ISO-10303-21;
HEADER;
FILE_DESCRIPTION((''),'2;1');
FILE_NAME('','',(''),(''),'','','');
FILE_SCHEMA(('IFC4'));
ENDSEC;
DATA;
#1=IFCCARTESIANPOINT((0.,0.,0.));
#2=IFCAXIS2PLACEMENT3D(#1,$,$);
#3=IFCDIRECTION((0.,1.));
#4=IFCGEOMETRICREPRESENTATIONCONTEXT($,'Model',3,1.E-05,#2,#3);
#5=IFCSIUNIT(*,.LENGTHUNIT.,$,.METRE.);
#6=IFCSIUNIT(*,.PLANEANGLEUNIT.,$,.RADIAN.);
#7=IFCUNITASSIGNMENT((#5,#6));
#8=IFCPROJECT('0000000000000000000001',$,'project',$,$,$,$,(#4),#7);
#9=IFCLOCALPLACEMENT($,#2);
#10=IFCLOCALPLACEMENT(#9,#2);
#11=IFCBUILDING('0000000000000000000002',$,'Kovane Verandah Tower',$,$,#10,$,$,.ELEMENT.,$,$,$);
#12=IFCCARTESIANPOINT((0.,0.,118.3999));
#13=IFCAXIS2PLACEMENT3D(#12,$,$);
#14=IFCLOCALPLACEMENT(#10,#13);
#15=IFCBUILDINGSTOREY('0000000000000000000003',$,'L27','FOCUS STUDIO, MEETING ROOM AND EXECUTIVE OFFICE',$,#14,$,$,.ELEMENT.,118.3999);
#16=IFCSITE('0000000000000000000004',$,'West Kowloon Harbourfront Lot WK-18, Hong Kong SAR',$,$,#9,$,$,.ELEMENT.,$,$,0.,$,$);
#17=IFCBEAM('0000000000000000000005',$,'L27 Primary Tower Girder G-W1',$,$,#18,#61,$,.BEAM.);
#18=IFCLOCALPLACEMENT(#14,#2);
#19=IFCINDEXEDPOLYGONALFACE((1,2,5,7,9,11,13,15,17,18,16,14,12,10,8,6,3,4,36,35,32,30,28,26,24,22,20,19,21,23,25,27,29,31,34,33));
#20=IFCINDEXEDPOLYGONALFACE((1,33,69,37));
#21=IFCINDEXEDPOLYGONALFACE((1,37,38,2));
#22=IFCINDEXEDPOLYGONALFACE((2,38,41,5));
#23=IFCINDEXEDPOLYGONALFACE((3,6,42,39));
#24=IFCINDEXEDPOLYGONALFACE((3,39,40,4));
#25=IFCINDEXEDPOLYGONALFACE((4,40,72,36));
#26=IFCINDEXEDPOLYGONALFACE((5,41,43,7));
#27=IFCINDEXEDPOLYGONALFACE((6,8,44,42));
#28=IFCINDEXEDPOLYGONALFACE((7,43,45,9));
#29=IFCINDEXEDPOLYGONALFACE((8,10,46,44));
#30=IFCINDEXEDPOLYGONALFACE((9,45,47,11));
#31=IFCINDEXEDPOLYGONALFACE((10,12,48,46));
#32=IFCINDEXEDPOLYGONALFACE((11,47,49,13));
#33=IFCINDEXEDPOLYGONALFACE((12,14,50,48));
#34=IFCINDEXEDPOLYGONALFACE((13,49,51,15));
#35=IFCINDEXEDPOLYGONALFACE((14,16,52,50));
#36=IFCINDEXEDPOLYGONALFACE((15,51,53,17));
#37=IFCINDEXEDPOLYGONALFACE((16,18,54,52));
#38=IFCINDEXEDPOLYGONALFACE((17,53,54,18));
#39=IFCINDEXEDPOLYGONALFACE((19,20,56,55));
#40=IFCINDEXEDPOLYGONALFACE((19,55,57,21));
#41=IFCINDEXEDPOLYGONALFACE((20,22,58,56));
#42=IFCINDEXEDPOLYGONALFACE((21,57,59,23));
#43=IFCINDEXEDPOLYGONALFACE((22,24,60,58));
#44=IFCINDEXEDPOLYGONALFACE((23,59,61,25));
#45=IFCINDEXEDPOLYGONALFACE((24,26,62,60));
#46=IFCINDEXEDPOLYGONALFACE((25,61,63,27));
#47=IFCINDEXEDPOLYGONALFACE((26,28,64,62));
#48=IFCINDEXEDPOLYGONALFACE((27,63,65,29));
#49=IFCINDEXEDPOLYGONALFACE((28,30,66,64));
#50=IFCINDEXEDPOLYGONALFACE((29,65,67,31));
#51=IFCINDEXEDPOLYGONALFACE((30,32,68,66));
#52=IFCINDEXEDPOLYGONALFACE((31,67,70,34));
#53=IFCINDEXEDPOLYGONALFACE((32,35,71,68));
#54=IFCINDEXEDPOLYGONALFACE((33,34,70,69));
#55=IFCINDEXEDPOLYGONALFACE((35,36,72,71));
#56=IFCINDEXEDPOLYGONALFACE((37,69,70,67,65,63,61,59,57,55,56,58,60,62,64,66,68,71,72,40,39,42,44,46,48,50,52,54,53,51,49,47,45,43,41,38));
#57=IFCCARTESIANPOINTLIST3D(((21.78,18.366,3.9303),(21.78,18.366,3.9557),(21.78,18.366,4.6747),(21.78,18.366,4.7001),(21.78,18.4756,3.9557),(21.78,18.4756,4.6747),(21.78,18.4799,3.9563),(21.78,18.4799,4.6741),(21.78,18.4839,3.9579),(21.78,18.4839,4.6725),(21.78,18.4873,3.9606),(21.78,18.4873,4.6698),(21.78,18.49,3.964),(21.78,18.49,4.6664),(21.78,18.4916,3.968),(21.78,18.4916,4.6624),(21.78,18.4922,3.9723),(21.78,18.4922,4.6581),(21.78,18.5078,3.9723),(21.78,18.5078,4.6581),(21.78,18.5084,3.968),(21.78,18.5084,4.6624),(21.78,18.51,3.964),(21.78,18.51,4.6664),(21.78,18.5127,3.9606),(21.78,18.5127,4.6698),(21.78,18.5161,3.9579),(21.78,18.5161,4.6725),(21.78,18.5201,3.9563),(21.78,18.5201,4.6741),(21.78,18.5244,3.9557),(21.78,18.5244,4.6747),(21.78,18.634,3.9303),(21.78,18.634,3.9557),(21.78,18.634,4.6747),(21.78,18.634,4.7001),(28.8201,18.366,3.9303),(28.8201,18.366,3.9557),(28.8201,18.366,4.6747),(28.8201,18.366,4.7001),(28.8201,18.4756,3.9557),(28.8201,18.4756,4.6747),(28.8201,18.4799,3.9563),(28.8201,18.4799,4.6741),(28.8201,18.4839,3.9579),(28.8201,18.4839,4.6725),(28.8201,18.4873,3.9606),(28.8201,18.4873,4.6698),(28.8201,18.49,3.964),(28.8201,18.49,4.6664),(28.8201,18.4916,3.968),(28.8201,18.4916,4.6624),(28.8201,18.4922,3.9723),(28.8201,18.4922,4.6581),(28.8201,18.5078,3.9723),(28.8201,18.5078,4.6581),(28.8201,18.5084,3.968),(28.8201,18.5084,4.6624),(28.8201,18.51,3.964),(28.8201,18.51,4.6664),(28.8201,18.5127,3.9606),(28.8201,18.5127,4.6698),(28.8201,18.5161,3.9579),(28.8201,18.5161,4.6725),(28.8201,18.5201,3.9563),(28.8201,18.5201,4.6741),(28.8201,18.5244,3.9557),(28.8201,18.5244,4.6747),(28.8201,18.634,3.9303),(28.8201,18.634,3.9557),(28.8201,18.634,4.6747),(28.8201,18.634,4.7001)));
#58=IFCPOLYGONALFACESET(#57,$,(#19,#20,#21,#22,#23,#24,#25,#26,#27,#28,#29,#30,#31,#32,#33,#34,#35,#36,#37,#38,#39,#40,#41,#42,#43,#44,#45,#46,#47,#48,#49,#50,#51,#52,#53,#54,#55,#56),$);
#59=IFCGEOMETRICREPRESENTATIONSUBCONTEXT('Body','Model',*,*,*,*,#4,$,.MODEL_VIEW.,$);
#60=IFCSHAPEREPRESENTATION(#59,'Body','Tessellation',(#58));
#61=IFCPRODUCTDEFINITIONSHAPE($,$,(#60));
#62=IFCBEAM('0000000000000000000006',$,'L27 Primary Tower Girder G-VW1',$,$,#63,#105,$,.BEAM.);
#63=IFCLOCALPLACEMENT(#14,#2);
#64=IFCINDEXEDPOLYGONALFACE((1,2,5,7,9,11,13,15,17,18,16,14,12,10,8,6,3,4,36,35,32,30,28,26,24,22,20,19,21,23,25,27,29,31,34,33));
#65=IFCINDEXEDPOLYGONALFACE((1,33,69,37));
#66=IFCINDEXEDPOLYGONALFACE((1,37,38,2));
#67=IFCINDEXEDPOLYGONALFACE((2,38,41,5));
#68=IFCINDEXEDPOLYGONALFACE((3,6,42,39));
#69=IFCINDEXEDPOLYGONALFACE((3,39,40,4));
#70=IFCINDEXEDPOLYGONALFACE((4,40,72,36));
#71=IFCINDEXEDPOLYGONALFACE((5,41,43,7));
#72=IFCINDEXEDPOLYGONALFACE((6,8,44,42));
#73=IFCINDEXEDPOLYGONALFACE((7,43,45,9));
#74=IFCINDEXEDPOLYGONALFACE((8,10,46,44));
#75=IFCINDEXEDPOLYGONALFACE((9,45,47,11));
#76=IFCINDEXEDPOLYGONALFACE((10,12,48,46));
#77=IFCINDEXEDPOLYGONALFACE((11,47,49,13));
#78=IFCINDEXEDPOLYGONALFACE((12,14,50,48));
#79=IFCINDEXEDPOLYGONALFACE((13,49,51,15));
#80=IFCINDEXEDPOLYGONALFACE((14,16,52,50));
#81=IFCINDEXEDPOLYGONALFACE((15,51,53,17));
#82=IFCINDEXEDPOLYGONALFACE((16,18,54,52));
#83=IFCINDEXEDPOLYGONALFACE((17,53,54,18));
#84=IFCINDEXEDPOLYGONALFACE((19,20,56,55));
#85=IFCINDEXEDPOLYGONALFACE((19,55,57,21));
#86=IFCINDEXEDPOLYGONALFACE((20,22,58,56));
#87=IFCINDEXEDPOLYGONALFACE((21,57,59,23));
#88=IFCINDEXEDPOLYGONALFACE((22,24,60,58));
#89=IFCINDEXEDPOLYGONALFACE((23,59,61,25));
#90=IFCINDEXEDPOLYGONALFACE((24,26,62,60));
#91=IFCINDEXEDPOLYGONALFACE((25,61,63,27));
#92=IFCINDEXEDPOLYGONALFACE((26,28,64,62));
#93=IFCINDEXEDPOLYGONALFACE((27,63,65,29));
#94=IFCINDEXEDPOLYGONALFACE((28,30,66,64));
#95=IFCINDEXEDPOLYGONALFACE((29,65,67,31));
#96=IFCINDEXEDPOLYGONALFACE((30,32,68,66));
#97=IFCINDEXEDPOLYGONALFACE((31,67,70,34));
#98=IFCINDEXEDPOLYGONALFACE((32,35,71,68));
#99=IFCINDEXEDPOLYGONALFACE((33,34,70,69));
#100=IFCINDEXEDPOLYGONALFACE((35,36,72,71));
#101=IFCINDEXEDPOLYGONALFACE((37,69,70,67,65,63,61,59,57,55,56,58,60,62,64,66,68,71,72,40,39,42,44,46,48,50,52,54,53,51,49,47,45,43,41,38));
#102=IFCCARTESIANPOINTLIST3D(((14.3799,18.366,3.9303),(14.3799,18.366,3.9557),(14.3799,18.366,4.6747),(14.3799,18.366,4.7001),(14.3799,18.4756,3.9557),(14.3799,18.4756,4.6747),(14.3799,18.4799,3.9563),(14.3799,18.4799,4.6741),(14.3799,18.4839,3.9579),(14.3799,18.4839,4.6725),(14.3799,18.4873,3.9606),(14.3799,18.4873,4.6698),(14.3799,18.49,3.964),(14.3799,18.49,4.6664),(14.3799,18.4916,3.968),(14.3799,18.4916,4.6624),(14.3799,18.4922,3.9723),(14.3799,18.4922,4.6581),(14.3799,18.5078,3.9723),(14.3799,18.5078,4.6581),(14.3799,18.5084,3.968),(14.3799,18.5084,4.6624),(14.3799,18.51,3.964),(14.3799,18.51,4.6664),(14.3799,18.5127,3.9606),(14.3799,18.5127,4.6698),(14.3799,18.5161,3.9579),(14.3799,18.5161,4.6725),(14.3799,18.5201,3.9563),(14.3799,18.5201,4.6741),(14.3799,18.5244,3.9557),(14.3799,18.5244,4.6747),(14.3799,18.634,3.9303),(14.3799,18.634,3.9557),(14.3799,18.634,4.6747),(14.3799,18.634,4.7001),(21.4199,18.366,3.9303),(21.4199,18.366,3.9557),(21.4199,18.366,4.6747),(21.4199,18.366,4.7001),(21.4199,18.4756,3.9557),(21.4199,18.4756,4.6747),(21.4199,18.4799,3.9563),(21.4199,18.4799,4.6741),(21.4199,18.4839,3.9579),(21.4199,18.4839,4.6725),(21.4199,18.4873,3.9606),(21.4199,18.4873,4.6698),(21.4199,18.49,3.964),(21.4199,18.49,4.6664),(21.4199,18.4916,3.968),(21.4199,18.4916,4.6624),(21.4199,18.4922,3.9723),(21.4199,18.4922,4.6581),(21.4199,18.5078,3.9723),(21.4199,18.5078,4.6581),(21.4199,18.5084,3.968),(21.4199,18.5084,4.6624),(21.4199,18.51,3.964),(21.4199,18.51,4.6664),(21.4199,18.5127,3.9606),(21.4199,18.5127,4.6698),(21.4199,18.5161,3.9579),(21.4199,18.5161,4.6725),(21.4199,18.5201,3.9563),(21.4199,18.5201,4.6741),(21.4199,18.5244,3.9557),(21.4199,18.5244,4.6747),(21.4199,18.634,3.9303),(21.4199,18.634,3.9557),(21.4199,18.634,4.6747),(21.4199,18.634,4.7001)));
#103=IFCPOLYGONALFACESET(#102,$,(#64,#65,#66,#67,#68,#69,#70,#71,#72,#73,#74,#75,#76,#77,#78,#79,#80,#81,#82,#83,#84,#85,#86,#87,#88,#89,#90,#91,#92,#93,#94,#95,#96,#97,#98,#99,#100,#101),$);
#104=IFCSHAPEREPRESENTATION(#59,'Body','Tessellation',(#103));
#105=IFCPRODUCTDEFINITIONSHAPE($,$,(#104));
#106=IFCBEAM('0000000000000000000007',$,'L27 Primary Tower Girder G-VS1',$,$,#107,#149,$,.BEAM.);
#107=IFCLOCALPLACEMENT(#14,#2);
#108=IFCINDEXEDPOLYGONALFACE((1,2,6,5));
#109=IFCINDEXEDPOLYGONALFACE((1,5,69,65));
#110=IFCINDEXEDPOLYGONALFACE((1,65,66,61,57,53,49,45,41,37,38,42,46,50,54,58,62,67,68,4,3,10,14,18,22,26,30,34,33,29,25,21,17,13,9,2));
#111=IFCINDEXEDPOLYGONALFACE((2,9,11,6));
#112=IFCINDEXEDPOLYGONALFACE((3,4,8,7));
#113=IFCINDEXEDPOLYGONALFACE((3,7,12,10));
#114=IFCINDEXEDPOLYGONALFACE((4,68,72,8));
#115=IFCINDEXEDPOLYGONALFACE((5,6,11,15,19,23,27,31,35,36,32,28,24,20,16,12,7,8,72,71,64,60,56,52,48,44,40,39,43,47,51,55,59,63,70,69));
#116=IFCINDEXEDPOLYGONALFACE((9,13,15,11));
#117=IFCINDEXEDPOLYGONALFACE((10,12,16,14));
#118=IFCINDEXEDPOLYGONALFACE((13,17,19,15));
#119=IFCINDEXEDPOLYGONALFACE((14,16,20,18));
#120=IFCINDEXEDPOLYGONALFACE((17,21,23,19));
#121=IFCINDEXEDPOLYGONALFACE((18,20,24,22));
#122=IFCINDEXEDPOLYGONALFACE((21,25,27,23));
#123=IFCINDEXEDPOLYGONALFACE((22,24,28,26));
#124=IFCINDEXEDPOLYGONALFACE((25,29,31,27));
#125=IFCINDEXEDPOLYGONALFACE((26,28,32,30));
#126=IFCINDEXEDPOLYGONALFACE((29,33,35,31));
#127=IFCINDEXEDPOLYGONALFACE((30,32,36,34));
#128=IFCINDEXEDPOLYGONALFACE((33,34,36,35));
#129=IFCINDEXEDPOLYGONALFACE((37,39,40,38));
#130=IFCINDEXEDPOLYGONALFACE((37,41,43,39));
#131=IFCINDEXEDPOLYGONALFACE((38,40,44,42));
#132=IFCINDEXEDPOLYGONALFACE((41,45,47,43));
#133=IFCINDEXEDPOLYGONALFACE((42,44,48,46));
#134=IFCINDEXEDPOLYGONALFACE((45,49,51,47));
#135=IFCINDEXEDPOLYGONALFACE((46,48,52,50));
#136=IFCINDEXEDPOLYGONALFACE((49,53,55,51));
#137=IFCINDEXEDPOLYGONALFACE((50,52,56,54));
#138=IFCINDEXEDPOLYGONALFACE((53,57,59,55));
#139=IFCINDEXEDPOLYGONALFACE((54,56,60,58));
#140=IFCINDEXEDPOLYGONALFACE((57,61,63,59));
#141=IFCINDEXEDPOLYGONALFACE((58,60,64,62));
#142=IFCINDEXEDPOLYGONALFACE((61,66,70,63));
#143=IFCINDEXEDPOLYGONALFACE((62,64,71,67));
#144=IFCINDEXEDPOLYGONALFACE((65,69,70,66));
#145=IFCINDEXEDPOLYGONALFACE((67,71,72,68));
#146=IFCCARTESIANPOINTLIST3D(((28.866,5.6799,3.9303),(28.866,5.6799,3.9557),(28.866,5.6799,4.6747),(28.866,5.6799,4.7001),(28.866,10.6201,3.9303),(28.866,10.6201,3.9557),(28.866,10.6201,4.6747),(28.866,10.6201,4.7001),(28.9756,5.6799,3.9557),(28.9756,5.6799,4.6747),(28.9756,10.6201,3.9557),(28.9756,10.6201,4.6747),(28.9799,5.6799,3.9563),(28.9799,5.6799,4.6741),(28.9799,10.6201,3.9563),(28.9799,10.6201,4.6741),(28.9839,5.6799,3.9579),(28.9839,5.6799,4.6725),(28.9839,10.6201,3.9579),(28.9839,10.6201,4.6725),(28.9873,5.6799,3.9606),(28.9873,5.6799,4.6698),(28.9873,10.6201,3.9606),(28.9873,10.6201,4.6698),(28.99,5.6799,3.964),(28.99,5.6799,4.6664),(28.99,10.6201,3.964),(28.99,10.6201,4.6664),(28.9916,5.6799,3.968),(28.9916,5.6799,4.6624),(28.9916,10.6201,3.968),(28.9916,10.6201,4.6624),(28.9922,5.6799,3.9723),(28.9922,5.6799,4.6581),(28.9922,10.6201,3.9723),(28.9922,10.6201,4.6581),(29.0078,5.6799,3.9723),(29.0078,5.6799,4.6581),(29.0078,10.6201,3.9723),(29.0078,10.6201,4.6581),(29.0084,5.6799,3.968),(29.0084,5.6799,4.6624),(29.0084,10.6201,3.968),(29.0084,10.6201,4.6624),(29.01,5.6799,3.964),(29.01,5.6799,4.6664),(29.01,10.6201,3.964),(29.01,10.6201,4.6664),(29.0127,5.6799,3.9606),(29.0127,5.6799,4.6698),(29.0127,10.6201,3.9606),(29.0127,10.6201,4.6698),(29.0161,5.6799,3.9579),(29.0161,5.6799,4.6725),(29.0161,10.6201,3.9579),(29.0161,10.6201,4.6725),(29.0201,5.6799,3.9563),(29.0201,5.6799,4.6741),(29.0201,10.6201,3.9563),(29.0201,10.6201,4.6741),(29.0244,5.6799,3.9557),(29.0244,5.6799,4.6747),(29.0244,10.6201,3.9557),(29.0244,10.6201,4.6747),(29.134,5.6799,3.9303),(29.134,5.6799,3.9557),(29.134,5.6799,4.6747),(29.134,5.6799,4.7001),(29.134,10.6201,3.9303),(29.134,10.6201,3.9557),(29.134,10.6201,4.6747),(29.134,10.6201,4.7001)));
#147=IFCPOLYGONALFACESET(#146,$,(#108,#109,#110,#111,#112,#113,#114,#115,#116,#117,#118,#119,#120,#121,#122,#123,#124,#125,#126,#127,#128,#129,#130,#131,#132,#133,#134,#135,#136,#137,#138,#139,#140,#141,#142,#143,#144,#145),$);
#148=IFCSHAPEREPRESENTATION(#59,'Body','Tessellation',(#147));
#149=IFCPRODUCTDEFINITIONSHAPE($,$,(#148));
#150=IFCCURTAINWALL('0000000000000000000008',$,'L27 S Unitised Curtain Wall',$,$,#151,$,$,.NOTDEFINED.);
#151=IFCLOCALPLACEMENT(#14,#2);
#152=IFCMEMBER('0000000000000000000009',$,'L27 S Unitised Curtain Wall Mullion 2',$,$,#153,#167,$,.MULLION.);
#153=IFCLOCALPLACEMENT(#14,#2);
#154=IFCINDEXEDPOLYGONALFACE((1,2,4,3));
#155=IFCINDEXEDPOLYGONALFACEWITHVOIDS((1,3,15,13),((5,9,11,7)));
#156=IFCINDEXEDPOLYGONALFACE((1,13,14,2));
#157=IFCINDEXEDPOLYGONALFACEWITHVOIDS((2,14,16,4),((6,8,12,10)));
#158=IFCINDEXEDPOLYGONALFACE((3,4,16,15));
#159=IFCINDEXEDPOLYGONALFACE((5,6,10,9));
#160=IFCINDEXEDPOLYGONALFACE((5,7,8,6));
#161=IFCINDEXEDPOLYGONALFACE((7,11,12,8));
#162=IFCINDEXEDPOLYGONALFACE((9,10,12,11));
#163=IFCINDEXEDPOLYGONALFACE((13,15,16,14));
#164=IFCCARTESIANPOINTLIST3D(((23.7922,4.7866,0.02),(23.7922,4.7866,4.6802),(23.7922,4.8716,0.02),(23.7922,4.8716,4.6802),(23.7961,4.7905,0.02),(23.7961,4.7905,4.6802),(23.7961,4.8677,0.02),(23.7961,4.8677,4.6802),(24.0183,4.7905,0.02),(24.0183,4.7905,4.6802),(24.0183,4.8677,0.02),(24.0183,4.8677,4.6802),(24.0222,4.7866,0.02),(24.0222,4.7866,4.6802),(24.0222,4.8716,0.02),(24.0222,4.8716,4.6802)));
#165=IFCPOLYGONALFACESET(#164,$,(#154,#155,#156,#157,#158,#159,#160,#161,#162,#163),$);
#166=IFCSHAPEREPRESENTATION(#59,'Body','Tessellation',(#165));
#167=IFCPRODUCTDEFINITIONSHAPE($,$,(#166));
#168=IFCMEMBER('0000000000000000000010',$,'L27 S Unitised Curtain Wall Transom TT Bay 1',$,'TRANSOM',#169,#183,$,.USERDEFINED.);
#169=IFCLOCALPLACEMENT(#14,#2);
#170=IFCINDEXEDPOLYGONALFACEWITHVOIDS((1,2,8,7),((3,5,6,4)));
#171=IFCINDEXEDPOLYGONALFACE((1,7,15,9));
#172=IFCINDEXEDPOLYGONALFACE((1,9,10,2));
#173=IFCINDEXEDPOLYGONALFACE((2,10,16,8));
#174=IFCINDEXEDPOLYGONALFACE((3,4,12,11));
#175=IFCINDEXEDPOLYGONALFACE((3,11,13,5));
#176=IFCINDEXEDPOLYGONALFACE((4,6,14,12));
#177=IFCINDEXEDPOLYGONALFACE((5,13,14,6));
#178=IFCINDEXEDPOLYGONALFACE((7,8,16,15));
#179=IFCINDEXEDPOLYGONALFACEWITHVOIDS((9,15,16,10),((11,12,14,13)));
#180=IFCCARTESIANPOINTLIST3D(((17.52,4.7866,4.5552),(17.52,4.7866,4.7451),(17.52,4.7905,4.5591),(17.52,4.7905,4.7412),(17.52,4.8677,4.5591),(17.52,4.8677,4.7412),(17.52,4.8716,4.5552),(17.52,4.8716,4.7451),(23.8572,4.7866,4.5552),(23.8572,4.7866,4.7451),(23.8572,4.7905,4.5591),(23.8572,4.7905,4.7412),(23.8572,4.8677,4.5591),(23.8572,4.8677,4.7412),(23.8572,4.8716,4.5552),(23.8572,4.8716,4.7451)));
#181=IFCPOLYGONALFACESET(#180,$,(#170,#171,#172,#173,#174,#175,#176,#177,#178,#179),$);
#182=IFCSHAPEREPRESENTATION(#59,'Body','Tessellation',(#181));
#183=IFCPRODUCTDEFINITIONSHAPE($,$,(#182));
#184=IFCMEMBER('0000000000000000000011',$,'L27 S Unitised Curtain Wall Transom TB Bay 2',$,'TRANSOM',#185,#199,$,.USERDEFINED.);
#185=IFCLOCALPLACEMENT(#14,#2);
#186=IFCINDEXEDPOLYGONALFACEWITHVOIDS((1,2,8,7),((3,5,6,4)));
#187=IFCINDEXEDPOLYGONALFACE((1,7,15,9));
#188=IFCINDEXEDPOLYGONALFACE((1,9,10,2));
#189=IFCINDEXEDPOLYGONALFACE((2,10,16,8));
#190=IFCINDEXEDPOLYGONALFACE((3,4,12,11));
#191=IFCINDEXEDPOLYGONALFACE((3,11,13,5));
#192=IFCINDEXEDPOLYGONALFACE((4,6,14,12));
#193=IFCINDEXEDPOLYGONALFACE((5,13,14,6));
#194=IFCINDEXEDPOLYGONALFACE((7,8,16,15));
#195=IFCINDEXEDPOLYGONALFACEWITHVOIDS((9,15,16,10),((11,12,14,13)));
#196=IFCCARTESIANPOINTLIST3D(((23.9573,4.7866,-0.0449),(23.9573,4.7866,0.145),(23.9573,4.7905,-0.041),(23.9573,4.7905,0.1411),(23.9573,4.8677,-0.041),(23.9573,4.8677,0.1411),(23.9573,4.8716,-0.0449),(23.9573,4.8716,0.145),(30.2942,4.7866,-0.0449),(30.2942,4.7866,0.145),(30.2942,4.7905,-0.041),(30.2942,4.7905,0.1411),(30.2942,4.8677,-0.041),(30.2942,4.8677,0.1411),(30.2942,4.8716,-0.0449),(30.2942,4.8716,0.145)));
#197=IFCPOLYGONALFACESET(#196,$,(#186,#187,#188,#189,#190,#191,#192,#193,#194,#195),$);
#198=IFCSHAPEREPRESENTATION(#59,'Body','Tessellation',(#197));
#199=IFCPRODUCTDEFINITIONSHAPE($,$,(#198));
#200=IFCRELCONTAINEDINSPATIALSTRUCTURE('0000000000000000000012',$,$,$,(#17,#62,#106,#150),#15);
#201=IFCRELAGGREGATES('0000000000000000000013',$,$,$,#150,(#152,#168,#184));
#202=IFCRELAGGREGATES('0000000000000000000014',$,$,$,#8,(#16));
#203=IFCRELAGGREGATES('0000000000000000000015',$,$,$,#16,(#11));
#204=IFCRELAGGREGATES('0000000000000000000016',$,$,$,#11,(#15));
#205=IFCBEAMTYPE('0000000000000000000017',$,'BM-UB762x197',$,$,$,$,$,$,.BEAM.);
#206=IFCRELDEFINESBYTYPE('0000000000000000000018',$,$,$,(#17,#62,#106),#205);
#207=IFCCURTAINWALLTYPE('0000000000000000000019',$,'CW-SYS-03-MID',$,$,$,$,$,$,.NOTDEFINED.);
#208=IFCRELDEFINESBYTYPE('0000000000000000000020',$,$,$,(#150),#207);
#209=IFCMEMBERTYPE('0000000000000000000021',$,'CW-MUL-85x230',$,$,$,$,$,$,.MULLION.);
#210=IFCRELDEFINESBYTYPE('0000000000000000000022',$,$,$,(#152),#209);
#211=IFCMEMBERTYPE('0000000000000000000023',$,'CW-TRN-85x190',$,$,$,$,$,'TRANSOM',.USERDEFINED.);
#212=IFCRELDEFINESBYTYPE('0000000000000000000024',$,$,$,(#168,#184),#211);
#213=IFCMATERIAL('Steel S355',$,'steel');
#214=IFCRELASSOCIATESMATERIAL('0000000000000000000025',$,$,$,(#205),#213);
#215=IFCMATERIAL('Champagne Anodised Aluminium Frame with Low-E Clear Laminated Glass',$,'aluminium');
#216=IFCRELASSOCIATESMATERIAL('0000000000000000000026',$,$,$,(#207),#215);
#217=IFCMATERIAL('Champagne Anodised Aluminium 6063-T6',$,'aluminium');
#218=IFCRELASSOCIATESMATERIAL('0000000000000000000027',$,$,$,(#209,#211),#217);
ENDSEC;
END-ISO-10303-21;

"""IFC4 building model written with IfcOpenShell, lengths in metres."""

from ifc_helpers import new_model, si_unit, direction, frame, origin, origin_2d, place, context, subcontext, project, spatial, hollow_rectangle, i_section, extrude, material, material_profile, profile_set, type_object, element, aggregate, save


model = new_model("IFC4")

# Units and contexts
model_context = context("Model", 3, precision=1e-05, world=origin(), true_north=direction((0.0, 1.0)))
body_context = subcontext(model_context, "Body", "Model", "MODEL_VIEW")
ifc_project = project(units=[si_unit("LENGTHUNIT", "METRE"), si_unit("PLANEANGLEUNIT", "RADIAN")], contexts=[model_context])

# Site, building, storey
site_placement = place(None, origin())
site = spatial("IfcSite", under=ifc_project, at=site_placement, Name="West Kowloon Harbourfront Lot WK-18, Hong Kong SAR", CompositionType="ELEMENT", RefElevation=0.0)
building_placement = place(site_placement, origin())
building = spatial("IfcBuilding", under=site, at=building_placement, Name="Kovane Verandah Tower", CompositionType="ELEMENT")
storey_placement = place(building_placement, frame((0.0, 0.0, 118.3999)))
storey = spatial("IfcBuildingStorey", under=building, at=storey_placement, Name="L27", Description="FOCUS STUDIO, MEETING ROOM AND EXECUTIVE OFFICE", CompositionType="ELEMENT", Elevation=118.3999)

# Beams
ifc_material_1 = material(Name="Steel S355", Category="steel")
ifc_material_profile_1 = material_profile(ifc_material_1, i_section(OverallWidth=0.2681, OverallDepth=0.7698, WebThickness=0.0156, FlangeThickness=0.0254, FilletRadius=0.0166, at=origin_2d()), Name="UB762x267x197")
ifc_profile_set_1 = profile_set([ifc_material_profile_1], Name="Steel S355")
beam_type_1 = type_object("IfcBeamType", Name="BM-UB762x197", PredefinedType="BEAM", material=ifc_profile_set_1)
for number, where, z_axis, x_axis, name in (
    (1, (28.8201, 18.5, 4.3152), (-1.0, 0.0, 0.0), (0.0, -1.0, 0.0), "L27 Primary Tower Girder G-W1"),
    (2, (21.4199, 18.5, 4.3152), (-1.0, 0.0, 0.0), (0.0, -1.0, 0.0), "L27 Primary Tower Girder G-VW1"),
):
    element("IfcBeam", number, at=place(storey_placement, frame(where, z_axis=z_axis, x_axis=x_axis)), inside=storey, type_object=beam_type_1, Name=name, PredefinedType="BEAM", context=body_context, shape_type="SweptSolid", body=[
        extrude(i_section(OverallWidth=0.2681, OverallDepth=0.7698, WebThickness=0.0156, FlangeThickness=0.0254, FilletRadius=0.0166, at=origin_2d()), origin(), (0.0, 0.0, 1.0), 7.04),
    ])
beam_1_placement = place(storey_placement, frame((29.0, 10.6201, 4.3152), z_axis=(0.0, -1.0, 0.0), x_axis=(1.0, 0.0, 0.0)))
element("IfcBeam", 3, at=beam_1_placement, inside=storey, type_object=beam_type_1, Name="L27 Primary Tower Girder G-VS1", PredefinedType="BEAM", context=body_context, shape_type="SweptSolid", body=[
    extrude(i_section(OverallWidth=0.2681, OverallDepth=0.7698, WebThickness=0.0156, FlangeThickness=0.0254, FilletRadius=0.0166, at=origin_2d()), origin(), (0.0, 0.0, 1.0), 4.9402),
])

# Curtain wall, members
ifc_material_2 = material(Name="Champagne Anodised Aluminium Frame with Low-E Clear Laminated Glass", Category="aluminium")
curtain_wall_type = type_object("IfcCurtainWallType", Name="CW-SYS-03-MID", PredefinedType="NOTDEFINED", material=ifc_material_2)
curtain_wall_placement = place(storey_placement, origin())
curtain_wall = element("IfcCurtainWall", 4, at=curtain_wall_placement, inside=storey, type_object=curtain_wall_type, Name="L27 S Unitised Curtain Wall", PredefinedType="NOTDEFINED")
ifc_material_3 = material(Name="Champagne Anodised Aluminium 6063-T6", Category="aluminium")
ifc_material_profile_2 = material_profile(ifc_material_3, hollow_rectangle(XDim=0.085, YDim=0.23, WallThickness=0.0039, at=origin_2d()), Name="AL85x230x4")
ifc_profile_set_2 = profile_set([ifc_material_profile_2], Name="Champagne Anodised Aluminium 6063-T6")
member_type_1 = type_object("IfcMemberType", Name="CW-MUL-85x230", PredefinedType="MULLION", material=ifc_profile_set_2)
member_1_placement = place(storey_placement, frame((23.9072, 4.8291, 0.02), z_axis=(0.0, 0.0, 1.0), x_axis=(0.0, -1.0, 0.0)))
member_1 = element("IfcMember", 5, at=member_1_placement, type_object=member_type_1, Name="L27 S Unitised Curtain Wall Mullion 2", PredefinedType="MULLION", context=body_context, shape_type="SweptSolid", body=[
    extrude(hollow_rectangle(XDim=0.085, YDim=0.23, WallThickness=0.0039, at=origin_2d()), origin(), (0.0, 0.0, 1.0), 4.6602),
])
ifc_material_profile_3 = material_profile(ifc_material_3, hollow_rectangle(XDim=0.085, YDim=0.1899, WallThickness=0.0039, at=origin_2d()), Name="AL85x190x4")
ifc_profile_set_3 = profile_set([ifc_material_profile_3], Name="Champagne Anodised Aluminium 6063-T6")
member_type_2 = type_object("IfcMemberType", Name="CW-TRN-85x190", ElementType="TRANSOM", PredefinedType="USERDEFINED", material=ifc_profile_set_3)
member_2_placement = place(storey_placement, frame((17.52, 4.8291, 4.6501), z_axis=(1.0, 0.0, 0.0), x_axis=(0.0, 1.0, 0.0)))
member_2 = element("IfcMember", 6, at=member_2_placement, type_object=member_type_2, Name="L27 S Unitised Curtain Wall Transom TT Bay 1", ObjectType="TRANSOM", PredefinedType="USERDEFINED", context=body_context, shape_type="SweptSolid", body=[
    extrude(hollow_rectangle(XDim=0.085, YDim=0.1899, WallThickness=0.0039, at=origin_2d()), origin(), (0.0, 0.0, 1.0), 6.3372),
])
member_3_placement = place(storey_placement, frame((23.9573, 4.8291, 0.05), z_axis=(1.0, 0.0, 0.0), x_axis=(0.0, 1.0, 0.0)))
member_3 = element("IfcMember", 7, at=member_3_placement, type_object=member_type_2, Name="L27 S Unitised Curtain Wall Transom TB Bay 2", ObjectType="TRANSOM", PredefinedType="USERDEFINED", context=body_context, shape_type="SweptSolid", body=[
    extrude(hollow_rectangle(XDim=0.085, YDim=0.1899, WallThickness=0.0039, at=origin_2d()), origin(), (0.0, 0.0, 1.0), 6.3369),
])

aggregate(curtain_wall, [member_1, member_2, member_3])

save(model, "model.ifc")
